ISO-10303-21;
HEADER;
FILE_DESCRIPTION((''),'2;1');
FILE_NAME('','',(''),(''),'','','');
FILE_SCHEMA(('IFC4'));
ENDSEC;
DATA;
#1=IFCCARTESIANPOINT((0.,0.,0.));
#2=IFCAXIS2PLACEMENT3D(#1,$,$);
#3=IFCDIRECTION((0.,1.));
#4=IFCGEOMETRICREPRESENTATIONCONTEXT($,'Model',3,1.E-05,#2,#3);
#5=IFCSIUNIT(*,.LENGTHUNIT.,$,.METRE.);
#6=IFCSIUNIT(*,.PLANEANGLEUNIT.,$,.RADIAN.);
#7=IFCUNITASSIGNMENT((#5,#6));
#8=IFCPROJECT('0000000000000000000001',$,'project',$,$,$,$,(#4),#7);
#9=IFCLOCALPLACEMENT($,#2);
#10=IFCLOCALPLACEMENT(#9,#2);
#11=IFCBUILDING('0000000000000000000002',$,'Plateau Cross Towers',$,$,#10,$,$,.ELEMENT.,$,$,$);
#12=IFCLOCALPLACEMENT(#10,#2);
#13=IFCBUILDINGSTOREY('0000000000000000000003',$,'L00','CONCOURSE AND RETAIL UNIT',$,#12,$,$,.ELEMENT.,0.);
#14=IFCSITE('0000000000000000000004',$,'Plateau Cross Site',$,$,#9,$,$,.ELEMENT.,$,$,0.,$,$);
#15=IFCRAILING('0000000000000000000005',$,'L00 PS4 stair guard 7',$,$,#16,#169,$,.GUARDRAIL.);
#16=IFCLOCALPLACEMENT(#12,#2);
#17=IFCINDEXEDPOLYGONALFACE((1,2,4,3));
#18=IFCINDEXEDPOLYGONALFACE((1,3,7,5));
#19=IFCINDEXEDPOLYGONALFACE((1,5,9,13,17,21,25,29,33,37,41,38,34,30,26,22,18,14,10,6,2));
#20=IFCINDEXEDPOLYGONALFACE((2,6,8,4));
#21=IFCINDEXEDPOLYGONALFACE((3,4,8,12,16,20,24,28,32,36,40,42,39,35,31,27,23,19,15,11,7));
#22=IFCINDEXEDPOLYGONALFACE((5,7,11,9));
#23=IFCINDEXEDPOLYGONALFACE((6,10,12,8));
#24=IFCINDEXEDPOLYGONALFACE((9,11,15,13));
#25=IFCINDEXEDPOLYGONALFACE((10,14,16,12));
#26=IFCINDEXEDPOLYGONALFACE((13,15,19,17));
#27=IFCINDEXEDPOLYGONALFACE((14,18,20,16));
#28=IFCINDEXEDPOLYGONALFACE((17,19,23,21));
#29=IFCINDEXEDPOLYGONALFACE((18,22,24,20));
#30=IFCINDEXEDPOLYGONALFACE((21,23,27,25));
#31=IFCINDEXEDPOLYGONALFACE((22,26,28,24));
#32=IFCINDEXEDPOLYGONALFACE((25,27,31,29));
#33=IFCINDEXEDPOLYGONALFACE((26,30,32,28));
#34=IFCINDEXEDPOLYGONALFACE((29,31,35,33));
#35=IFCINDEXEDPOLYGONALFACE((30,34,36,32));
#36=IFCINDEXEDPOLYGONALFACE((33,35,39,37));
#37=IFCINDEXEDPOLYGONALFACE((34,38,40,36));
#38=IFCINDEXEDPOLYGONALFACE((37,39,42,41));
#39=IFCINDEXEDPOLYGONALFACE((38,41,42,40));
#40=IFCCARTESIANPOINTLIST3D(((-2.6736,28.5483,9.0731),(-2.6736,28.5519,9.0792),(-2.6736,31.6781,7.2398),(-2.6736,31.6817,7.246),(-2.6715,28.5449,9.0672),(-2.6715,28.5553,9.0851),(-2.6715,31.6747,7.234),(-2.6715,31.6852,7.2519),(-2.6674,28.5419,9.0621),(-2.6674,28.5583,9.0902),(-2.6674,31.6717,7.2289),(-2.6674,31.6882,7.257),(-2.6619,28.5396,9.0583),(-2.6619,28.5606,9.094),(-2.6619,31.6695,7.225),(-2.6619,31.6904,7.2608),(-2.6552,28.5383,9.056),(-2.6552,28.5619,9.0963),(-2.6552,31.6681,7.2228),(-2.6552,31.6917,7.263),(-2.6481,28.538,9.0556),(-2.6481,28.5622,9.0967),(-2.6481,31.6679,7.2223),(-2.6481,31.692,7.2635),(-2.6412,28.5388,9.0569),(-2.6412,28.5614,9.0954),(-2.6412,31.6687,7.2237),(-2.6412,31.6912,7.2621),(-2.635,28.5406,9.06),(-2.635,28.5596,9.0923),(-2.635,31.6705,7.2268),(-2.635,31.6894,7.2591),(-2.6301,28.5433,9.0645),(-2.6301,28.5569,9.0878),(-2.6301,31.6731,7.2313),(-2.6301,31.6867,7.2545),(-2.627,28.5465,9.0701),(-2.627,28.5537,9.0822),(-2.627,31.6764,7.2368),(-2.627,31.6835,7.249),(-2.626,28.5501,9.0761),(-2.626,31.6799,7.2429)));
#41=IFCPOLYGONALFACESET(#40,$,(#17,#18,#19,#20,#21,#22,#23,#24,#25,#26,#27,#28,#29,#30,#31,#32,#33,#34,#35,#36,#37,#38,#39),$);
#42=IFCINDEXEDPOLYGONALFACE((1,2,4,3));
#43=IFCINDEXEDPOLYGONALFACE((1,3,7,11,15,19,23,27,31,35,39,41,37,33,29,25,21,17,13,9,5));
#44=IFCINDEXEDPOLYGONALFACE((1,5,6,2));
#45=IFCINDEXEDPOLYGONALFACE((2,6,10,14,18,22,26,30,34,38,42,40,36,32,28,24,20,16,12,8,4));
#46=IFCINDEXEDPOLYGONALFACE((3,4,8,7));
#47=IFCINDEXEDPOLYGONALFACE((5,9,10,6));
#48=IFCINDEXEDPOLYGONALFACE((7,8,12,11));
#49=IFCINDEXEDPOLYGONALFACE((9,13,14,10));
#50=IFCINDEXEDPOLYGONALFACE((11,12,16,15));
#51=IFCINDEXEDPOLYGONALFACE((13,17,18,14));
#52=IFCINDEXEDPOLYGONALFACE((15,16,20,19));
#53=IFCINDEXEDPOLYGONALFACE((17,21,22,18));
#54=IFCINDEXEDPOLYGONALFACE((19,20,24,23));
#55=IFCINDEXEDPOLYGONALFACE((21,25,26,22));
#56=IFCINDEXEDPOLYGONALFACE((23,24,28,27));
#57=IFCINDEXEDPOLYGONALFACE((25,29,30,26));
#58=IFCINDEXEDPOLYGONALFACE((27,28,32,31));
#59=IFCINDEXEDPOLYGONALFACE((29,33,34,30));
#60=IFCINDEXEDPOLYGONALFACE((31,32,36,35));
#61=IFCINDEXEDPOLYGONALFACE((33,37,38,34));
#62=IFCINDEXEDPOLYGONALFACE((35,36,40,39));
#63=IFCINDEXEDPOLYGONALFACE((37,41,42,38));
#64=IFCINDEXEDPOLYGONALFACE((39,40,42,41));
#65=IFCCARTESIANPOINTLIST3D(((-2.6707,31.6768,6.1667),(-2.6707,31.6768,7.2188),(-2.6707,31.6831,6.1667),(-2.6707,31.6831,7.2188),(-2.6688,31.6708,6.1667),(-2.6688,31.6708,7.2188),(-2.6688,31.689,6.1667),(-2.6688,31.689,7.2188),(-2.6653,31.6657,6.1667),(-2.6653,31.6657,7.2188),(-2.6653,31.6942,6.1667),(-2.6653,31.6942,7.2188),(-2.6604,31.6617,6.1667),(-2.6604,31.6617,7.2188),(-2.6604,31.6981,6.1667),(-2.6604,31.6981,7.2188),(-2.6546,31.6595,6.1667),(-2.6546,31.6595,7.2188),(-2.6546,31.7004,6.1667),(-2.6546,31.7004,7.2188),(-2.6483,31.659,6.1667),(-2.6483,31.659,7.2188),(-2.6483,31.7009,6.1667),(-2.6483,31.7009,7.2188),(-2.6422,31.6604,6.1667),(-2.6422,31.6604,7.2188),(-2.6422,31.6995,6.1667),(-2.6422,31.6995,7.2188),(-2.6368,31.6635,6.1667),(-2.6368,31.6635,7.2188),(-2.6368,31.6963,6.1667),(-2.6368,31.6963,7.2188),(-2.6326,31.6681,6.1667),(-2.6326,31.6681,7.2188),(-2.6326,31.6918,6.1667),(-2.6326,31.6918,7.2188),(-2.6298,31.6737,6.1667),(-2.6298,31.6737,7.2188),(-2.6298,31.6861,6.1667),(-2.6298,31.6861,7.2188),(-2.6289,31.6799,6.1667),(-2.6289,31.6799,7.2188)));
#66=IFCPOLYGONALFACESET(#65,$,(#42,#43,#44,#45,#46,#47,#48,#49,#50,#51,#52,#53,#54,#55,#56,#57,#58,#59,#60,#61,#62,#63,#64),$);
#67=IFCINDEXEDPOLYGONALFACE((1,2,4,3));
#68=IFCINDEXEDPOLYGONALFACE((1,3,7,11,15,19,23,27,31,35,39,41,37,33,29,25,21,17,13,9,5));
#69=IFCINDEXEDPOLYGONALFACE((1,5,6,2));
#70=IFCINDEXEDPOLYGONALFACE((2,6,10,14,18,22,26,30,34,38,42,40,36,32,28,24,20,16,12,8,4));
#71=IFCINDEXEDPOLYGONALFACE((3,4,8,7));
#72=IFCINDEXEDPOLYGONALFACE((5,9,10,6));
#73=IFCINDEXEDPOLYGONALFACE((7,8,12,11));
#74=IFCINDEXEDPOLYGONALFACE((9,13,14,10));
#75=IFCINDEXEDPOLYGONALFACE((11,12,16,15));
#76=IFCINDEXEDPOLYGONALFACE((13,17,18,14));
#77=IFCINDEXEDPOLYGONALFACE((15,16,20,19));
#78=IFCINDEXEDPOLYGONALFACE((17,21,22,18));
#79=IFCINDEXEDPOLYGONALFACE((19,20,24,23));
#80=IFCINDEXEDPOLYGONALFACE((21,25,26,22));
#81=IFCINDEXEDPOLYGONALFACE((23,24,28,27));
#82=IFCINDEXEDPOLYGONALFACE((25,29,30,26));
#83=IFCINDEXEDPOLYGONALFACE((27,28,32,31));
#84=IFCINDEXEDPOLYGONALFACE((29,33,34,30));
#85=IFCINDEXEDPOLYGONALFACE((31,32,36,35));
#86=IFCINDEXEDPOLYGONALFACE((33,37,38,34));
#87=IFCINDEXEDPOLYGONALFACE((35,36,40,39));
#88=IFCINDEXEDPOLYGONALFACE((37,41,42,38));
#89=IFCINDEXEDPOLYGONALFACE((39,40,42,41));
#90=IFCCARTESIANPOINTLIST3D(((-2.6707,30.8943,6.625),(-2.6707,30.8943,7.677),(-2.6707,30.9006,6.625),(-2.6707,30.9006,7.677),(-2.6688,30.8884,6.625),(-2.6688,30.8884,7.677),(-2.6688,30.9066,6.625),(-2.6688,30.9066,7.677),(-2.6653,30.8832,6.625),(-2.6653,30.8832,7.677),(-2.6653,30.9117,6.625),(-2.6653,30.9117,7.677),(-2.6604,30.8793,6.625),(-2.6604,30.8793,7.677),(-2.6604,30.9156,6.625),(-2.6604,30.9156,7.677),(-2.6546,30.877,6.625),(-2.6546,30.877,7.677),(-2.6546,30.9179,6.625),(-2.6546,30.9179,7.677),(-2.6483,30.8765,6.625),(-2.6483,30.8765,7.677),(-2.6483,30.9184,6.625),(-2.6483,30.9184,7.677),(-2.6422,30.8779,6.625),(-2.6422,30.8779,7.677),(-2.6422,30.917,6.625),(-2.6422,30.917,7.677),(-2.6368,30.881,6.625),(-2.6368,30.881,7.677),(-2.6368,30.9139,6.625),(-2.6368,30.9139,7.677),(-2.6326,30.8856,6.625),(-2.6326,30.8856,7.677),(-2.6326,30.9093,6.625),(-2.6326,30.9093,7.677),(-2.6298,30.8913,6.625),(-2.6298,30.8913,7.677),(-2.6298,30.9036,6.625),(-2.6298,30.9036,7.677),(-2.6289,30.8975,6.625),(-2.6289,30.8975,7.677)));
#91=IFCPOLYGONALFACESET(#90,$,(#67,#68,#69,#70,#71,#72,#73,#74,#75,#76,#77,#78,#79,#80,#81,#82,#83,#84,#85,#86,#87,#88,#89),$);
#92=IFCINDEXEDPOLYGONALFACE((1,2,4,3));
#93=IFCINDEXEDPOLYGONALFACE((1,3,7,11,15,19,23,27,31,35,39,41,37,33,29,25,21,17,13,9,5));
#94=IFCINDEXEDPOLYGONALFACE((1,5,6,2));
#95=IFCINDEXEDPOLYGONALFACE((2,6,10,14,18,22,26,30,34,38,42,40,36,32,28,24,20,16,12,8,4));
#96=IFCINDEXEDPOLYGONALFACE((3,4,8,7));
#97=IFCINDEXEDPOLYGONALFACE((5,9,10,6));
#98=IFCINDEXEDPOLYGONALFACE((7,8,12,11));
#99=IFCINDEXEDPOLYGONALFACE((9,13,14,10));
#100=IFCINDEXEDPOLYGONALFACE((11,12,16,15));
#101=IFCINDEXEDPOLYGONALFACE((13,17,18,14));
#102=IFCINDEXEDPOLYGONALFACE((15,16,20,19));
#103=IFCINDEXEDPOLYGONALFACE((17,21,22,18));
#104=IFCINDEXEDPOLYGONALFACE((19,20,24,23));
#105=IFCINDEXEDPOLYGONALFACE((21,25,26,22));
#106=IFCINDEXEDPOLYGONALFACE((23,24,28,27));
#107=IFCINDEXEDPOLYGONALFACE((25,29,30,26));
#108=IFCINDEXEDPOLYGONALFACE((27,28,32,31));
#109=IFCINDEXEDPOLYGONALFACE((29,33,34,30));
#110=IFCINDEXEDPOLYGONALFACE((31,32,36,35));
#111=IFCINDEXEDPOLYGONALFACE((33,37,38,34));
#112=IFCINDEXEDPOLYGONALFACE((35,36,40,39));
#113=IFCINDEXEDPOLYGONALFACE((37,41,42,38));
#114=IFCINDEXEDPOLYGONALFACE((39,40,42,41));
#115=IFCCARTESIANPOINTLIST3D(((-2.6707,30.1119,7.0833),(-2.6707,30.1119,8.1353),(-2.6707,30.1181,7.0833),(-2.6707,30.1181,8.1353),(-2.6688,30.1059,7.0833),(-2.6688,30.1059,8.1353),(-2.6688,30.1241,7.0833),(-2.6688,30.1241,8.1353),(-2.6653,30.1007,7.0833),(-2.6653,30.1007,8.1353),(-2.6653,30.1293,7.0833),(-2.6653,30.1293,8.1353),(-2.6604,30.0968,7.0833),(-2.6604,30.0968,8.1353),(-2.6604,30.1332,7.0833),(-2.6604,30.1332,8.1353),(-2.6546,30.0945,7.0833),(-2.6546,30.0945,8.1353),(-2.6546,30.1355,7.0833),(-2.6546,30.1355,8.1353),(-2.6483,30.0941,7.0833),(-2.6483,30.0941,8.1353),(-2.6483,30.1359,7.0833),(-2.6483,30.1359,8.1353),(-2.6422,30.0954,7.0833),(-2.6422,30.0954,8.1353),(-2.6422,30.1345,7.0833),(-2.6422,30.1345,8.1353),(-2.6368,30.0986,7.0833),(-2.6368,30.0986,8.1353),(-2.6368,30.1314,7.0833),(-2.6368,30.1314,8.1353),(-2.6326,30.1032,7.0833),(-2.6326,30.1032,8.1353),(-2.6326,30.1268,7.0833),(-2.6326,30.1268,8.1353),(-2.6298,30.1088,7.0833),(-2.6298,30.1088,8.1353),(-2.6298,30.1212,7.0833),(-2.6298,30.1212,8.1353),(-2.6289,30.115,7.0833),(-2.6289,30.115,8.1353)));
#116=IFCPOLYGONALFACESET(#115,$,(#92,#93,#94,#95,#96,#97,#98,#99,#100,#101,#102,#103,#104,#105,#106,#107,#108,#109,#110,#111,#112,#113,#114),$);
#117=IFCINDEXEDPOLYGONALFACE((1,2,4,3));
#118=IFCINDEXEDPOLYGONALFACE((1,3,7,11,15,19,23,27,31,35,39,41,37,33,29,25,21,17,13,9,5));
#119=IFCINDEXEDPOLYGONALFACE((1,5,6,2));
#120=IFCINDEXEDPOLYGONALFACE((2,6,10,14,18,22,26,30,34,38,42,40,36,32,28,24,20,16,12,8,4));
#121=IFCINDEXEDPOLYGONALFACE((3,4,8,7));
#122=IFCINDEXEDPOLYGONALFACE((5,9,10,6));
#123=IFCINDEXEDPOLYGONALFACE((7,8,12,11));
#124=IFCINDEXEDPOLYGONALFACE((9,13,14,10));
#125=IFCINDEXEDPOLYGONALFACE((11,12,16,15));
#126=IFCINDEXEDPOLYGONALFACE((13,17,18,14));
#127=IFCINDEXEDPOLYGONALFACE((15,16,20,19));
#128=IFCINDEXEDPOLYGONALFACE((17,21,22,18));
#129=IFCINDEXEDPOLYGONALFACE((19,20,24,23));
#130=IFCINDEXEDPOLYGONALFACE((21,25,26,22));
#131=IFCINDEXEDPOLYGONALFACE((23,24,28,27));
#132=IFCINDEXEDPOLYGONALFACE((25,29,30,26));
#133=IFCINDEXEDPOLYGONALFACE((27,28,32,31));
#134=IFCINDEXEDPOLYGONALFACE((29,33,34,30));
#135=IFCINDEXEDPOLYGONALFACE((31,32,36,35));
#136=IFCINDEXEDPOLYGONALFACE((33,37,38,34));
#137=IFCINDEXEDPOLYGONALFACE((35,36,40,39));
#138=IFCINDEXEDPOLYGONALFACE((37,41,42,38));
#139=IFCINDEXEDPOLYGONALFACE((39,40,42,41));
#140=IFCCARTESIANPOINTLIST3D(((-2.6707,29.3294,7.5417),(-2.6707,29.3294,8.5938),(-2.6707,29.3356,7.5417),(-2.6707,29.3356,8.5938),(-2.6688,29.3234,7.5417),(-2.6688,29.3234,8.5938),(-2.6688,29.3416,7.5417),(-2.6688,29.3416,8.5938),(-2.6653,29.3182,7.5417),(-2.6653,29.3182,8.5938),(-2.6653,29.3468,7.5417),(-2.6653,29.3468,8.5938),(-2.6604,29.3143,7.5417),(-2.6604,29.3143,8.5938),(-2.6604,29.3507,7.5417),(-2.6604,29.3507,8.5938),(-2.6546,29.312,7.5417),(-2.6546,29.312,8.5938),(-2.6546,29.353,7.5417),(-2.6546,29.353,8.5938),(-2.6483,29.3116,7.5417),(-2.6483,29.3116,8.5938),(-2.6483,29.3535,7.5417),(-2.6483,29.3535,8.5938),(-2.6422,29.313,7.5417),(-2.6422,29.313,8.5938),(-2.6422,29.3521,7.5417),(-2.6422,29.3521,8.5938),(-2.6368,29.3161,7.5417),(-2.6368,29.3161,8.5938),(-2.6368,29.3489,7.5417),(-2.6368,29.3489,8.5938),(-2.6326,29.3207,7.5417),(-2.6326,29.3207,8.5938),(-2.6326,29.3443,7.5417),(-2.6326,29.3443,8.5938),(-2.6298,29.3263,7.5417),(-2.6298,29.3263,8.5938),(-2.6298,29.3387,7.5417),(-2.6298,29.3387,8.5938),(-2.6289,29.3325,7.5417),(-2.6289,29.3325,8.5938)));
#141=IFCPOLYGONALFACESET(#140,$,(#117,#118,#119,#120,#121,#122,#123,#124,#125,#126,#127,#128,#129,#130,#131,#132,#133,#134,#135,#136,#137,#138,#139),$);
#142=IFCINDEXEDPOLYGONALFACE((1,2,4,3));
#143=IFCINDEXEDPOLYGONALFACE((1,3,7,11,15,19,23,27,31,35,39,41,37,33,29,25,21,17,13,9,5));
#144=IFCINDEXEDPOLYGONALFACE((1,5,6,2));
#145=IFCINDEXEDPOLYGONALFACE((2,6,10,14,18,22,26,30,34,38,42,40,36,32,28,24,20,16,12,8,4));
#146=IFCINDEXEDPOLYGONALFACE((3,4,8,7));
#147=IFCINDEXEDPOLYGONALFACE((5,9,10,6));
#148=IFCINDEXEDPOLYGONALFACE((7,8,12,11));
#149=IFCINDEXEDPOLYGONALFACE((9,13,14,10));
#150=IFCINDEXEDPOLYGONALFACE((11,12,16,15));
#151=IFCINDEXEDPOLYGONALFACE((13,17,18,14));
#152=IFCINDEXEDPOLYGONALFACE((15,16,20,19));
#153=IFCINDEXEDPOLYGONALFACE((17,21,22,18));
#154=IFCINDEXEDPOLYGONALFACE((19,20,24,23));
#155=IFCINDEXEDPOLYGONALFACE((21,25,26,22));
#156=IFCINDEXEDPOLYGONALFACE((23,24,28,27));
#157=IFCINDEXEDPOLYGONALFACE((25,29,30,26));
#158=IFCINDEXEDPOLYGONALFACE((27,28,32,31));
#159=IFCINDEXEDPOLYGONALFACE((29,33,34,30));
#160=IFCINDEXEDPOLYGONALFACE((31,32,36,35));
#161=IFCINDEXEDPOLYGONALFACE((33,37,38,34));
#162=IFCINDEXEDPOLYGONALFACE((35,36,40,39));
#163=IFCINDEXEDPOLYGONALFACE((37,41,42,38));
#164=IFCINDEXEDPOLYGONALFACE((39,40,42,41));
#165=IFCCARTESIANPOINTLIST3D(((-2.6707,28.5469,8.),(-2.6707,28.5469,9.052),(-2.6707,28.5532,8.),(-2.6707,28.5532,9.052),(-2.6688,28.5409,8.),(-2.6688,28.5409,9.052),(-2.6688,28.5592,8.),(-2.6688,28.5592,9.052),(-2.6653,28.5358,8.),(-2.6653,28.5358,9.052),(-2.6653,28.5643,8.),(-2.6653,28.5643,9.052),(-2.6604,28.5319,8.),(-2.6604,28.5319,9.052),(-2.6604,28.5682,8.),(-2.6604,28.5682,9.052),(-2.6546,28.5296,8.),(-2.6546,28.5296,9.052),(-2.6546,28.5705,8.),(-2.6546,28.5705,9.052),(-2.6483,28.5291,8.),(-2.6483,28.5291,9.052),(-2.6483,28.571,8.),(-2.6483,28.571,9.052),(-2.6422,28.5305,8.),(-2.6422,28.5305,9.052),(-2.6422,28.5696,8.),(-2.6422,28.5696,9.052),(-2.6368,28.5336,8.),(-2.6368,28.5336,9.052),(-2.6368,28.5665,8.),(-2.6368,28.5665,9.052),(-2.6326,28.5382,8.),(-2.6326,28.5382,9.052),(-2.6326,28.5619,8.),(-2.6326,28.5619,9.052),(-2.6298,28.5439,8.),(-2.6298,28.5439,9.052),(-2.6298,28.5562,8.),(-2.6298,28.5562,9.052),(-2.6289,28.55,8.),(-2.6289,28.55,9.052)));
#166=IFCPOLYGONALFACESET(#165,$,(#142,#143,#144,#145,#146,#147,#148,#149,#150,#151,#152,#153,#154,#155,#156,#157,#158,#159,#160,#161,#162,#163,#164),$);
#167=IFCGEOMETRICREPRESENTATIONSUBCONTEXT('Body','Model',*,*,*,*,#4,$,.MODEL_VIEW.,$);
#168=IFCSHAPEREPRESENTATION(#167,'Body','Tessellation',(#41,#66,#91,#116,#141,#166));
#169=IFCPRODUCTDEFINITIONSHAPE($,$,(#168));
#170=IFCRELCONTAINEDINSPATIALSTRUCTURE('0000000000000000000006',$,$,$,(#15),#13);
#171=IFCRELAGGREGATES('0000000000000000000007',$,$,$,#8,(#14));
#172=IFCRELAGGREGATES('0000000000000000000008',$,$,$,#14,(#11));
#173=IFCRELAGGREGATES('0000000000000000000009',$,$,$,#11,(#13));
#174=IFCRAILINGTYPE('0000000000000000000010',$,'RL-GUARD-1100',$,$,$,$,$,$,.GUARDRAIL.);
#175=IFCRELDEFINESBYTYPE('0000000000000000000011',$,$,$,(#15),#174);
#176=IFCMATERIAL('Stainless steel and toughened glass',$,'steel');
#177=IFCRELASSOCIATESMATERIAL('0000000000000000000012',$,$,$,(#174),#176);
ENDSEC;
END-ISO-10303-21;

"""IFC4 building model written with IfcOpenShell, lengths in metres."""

from ifc_helpers import new_model, si_unit, direction, frame, origin, origin_2d, place, context, subcontext, project, spatial, circle, extrude, material, type_object, element, save


model = new_model("IFC4")

# Units and contexts
model_context = context("Model", 3, precision=1e-05, world=origin(), true_north=direction((0.0, 1.0)))
body_context = subcontext(model_context, "Body", "Model", "MODEL_VIEW")
ifc_project = project(units=[si_unit("LENGTHUNIT", "METRE"), si_unit("PLANEANGLEUNIT", "RADIAN")], contexts=[model_context])

# Site, building, storey
site_placement = place(None, origin())
site = spatial("IfcSite", under=ifc_project, at=site_placement, Name="Plateau Cross Site", CompositionType="ELEMENT", RefElevation=0.0)
building_placement = place(site_placement, origin())
building = spatial("IfcBuilding", under=site, at=building_placement, Name="Plateau Cross Towers", CompositionType="ELEMENT")
storey_placement = place(building_placement, origin())
storey = spatial("IfcBuildingStorey", under=building, at=storey_placement, Name="L00", Description="CONCOURSE AND RETAIL UNIT", CompositionType="ELEMENT", Elevation=0.0)

# Railing
ifc_material_1 = material(Name="Stainless steel and toughened glass", Category="steel")
railing_type_1 = type_object("IfcRailingType", Name="RL-GUARD-1100", PredefinedType="GUARDRAIL", material=ifc_material_1)
railing_1_placement = place(storey_placement, frame((-2.6499, 31.6799, 6.1667)))
element("IfcRailing", 1, at=railing_1_placement, inside=storey, type_object=railing_type_1, Name="L00 PS4 stair guard 7", PredefinedType="GUARDRAIL", context=body_context, shape_type="SweptSolid", body=[
    extrude(circle(Radius=0.0239, at=origin_2d()), frame((0.0, 0.0, 1.0762), z_axis=(0.0, -0.862879, 0.50541), x_axis=(1.0, 0.0, 0.0)), (0.0, 0.0, 1.0), 3.6272),
    extrude(circle(Radius=0.021, at=origin_2d()), origin(), (0.0, 0.0, 1.0), 1.052),
    extrude(circle(Radius=0.021, at=origin_2d()), frame((0.0, -0.7825, 0.4583)), (0.0, 0.0, 1.0), 1.052),
    extrude(circle(Radius=0.021, at=origin_2d()), frame((0.0, -1.5649, 0.9165)), (0.0, 0.0, 1.0), 1.052),
    extrude(circle(Radius=0.021, at=origin_2d()), frame((0.0, -2.3474, 1.375)), (0.0, 0.0, 1.0), 1.052),
    extrude(circle(Radius=0.021, at=origin_2d()), frame((0.0, -3.1299, 1.8333)), (0.0, 0.0, 1.0), 1.052),
])

save(model, "model.ifc")
